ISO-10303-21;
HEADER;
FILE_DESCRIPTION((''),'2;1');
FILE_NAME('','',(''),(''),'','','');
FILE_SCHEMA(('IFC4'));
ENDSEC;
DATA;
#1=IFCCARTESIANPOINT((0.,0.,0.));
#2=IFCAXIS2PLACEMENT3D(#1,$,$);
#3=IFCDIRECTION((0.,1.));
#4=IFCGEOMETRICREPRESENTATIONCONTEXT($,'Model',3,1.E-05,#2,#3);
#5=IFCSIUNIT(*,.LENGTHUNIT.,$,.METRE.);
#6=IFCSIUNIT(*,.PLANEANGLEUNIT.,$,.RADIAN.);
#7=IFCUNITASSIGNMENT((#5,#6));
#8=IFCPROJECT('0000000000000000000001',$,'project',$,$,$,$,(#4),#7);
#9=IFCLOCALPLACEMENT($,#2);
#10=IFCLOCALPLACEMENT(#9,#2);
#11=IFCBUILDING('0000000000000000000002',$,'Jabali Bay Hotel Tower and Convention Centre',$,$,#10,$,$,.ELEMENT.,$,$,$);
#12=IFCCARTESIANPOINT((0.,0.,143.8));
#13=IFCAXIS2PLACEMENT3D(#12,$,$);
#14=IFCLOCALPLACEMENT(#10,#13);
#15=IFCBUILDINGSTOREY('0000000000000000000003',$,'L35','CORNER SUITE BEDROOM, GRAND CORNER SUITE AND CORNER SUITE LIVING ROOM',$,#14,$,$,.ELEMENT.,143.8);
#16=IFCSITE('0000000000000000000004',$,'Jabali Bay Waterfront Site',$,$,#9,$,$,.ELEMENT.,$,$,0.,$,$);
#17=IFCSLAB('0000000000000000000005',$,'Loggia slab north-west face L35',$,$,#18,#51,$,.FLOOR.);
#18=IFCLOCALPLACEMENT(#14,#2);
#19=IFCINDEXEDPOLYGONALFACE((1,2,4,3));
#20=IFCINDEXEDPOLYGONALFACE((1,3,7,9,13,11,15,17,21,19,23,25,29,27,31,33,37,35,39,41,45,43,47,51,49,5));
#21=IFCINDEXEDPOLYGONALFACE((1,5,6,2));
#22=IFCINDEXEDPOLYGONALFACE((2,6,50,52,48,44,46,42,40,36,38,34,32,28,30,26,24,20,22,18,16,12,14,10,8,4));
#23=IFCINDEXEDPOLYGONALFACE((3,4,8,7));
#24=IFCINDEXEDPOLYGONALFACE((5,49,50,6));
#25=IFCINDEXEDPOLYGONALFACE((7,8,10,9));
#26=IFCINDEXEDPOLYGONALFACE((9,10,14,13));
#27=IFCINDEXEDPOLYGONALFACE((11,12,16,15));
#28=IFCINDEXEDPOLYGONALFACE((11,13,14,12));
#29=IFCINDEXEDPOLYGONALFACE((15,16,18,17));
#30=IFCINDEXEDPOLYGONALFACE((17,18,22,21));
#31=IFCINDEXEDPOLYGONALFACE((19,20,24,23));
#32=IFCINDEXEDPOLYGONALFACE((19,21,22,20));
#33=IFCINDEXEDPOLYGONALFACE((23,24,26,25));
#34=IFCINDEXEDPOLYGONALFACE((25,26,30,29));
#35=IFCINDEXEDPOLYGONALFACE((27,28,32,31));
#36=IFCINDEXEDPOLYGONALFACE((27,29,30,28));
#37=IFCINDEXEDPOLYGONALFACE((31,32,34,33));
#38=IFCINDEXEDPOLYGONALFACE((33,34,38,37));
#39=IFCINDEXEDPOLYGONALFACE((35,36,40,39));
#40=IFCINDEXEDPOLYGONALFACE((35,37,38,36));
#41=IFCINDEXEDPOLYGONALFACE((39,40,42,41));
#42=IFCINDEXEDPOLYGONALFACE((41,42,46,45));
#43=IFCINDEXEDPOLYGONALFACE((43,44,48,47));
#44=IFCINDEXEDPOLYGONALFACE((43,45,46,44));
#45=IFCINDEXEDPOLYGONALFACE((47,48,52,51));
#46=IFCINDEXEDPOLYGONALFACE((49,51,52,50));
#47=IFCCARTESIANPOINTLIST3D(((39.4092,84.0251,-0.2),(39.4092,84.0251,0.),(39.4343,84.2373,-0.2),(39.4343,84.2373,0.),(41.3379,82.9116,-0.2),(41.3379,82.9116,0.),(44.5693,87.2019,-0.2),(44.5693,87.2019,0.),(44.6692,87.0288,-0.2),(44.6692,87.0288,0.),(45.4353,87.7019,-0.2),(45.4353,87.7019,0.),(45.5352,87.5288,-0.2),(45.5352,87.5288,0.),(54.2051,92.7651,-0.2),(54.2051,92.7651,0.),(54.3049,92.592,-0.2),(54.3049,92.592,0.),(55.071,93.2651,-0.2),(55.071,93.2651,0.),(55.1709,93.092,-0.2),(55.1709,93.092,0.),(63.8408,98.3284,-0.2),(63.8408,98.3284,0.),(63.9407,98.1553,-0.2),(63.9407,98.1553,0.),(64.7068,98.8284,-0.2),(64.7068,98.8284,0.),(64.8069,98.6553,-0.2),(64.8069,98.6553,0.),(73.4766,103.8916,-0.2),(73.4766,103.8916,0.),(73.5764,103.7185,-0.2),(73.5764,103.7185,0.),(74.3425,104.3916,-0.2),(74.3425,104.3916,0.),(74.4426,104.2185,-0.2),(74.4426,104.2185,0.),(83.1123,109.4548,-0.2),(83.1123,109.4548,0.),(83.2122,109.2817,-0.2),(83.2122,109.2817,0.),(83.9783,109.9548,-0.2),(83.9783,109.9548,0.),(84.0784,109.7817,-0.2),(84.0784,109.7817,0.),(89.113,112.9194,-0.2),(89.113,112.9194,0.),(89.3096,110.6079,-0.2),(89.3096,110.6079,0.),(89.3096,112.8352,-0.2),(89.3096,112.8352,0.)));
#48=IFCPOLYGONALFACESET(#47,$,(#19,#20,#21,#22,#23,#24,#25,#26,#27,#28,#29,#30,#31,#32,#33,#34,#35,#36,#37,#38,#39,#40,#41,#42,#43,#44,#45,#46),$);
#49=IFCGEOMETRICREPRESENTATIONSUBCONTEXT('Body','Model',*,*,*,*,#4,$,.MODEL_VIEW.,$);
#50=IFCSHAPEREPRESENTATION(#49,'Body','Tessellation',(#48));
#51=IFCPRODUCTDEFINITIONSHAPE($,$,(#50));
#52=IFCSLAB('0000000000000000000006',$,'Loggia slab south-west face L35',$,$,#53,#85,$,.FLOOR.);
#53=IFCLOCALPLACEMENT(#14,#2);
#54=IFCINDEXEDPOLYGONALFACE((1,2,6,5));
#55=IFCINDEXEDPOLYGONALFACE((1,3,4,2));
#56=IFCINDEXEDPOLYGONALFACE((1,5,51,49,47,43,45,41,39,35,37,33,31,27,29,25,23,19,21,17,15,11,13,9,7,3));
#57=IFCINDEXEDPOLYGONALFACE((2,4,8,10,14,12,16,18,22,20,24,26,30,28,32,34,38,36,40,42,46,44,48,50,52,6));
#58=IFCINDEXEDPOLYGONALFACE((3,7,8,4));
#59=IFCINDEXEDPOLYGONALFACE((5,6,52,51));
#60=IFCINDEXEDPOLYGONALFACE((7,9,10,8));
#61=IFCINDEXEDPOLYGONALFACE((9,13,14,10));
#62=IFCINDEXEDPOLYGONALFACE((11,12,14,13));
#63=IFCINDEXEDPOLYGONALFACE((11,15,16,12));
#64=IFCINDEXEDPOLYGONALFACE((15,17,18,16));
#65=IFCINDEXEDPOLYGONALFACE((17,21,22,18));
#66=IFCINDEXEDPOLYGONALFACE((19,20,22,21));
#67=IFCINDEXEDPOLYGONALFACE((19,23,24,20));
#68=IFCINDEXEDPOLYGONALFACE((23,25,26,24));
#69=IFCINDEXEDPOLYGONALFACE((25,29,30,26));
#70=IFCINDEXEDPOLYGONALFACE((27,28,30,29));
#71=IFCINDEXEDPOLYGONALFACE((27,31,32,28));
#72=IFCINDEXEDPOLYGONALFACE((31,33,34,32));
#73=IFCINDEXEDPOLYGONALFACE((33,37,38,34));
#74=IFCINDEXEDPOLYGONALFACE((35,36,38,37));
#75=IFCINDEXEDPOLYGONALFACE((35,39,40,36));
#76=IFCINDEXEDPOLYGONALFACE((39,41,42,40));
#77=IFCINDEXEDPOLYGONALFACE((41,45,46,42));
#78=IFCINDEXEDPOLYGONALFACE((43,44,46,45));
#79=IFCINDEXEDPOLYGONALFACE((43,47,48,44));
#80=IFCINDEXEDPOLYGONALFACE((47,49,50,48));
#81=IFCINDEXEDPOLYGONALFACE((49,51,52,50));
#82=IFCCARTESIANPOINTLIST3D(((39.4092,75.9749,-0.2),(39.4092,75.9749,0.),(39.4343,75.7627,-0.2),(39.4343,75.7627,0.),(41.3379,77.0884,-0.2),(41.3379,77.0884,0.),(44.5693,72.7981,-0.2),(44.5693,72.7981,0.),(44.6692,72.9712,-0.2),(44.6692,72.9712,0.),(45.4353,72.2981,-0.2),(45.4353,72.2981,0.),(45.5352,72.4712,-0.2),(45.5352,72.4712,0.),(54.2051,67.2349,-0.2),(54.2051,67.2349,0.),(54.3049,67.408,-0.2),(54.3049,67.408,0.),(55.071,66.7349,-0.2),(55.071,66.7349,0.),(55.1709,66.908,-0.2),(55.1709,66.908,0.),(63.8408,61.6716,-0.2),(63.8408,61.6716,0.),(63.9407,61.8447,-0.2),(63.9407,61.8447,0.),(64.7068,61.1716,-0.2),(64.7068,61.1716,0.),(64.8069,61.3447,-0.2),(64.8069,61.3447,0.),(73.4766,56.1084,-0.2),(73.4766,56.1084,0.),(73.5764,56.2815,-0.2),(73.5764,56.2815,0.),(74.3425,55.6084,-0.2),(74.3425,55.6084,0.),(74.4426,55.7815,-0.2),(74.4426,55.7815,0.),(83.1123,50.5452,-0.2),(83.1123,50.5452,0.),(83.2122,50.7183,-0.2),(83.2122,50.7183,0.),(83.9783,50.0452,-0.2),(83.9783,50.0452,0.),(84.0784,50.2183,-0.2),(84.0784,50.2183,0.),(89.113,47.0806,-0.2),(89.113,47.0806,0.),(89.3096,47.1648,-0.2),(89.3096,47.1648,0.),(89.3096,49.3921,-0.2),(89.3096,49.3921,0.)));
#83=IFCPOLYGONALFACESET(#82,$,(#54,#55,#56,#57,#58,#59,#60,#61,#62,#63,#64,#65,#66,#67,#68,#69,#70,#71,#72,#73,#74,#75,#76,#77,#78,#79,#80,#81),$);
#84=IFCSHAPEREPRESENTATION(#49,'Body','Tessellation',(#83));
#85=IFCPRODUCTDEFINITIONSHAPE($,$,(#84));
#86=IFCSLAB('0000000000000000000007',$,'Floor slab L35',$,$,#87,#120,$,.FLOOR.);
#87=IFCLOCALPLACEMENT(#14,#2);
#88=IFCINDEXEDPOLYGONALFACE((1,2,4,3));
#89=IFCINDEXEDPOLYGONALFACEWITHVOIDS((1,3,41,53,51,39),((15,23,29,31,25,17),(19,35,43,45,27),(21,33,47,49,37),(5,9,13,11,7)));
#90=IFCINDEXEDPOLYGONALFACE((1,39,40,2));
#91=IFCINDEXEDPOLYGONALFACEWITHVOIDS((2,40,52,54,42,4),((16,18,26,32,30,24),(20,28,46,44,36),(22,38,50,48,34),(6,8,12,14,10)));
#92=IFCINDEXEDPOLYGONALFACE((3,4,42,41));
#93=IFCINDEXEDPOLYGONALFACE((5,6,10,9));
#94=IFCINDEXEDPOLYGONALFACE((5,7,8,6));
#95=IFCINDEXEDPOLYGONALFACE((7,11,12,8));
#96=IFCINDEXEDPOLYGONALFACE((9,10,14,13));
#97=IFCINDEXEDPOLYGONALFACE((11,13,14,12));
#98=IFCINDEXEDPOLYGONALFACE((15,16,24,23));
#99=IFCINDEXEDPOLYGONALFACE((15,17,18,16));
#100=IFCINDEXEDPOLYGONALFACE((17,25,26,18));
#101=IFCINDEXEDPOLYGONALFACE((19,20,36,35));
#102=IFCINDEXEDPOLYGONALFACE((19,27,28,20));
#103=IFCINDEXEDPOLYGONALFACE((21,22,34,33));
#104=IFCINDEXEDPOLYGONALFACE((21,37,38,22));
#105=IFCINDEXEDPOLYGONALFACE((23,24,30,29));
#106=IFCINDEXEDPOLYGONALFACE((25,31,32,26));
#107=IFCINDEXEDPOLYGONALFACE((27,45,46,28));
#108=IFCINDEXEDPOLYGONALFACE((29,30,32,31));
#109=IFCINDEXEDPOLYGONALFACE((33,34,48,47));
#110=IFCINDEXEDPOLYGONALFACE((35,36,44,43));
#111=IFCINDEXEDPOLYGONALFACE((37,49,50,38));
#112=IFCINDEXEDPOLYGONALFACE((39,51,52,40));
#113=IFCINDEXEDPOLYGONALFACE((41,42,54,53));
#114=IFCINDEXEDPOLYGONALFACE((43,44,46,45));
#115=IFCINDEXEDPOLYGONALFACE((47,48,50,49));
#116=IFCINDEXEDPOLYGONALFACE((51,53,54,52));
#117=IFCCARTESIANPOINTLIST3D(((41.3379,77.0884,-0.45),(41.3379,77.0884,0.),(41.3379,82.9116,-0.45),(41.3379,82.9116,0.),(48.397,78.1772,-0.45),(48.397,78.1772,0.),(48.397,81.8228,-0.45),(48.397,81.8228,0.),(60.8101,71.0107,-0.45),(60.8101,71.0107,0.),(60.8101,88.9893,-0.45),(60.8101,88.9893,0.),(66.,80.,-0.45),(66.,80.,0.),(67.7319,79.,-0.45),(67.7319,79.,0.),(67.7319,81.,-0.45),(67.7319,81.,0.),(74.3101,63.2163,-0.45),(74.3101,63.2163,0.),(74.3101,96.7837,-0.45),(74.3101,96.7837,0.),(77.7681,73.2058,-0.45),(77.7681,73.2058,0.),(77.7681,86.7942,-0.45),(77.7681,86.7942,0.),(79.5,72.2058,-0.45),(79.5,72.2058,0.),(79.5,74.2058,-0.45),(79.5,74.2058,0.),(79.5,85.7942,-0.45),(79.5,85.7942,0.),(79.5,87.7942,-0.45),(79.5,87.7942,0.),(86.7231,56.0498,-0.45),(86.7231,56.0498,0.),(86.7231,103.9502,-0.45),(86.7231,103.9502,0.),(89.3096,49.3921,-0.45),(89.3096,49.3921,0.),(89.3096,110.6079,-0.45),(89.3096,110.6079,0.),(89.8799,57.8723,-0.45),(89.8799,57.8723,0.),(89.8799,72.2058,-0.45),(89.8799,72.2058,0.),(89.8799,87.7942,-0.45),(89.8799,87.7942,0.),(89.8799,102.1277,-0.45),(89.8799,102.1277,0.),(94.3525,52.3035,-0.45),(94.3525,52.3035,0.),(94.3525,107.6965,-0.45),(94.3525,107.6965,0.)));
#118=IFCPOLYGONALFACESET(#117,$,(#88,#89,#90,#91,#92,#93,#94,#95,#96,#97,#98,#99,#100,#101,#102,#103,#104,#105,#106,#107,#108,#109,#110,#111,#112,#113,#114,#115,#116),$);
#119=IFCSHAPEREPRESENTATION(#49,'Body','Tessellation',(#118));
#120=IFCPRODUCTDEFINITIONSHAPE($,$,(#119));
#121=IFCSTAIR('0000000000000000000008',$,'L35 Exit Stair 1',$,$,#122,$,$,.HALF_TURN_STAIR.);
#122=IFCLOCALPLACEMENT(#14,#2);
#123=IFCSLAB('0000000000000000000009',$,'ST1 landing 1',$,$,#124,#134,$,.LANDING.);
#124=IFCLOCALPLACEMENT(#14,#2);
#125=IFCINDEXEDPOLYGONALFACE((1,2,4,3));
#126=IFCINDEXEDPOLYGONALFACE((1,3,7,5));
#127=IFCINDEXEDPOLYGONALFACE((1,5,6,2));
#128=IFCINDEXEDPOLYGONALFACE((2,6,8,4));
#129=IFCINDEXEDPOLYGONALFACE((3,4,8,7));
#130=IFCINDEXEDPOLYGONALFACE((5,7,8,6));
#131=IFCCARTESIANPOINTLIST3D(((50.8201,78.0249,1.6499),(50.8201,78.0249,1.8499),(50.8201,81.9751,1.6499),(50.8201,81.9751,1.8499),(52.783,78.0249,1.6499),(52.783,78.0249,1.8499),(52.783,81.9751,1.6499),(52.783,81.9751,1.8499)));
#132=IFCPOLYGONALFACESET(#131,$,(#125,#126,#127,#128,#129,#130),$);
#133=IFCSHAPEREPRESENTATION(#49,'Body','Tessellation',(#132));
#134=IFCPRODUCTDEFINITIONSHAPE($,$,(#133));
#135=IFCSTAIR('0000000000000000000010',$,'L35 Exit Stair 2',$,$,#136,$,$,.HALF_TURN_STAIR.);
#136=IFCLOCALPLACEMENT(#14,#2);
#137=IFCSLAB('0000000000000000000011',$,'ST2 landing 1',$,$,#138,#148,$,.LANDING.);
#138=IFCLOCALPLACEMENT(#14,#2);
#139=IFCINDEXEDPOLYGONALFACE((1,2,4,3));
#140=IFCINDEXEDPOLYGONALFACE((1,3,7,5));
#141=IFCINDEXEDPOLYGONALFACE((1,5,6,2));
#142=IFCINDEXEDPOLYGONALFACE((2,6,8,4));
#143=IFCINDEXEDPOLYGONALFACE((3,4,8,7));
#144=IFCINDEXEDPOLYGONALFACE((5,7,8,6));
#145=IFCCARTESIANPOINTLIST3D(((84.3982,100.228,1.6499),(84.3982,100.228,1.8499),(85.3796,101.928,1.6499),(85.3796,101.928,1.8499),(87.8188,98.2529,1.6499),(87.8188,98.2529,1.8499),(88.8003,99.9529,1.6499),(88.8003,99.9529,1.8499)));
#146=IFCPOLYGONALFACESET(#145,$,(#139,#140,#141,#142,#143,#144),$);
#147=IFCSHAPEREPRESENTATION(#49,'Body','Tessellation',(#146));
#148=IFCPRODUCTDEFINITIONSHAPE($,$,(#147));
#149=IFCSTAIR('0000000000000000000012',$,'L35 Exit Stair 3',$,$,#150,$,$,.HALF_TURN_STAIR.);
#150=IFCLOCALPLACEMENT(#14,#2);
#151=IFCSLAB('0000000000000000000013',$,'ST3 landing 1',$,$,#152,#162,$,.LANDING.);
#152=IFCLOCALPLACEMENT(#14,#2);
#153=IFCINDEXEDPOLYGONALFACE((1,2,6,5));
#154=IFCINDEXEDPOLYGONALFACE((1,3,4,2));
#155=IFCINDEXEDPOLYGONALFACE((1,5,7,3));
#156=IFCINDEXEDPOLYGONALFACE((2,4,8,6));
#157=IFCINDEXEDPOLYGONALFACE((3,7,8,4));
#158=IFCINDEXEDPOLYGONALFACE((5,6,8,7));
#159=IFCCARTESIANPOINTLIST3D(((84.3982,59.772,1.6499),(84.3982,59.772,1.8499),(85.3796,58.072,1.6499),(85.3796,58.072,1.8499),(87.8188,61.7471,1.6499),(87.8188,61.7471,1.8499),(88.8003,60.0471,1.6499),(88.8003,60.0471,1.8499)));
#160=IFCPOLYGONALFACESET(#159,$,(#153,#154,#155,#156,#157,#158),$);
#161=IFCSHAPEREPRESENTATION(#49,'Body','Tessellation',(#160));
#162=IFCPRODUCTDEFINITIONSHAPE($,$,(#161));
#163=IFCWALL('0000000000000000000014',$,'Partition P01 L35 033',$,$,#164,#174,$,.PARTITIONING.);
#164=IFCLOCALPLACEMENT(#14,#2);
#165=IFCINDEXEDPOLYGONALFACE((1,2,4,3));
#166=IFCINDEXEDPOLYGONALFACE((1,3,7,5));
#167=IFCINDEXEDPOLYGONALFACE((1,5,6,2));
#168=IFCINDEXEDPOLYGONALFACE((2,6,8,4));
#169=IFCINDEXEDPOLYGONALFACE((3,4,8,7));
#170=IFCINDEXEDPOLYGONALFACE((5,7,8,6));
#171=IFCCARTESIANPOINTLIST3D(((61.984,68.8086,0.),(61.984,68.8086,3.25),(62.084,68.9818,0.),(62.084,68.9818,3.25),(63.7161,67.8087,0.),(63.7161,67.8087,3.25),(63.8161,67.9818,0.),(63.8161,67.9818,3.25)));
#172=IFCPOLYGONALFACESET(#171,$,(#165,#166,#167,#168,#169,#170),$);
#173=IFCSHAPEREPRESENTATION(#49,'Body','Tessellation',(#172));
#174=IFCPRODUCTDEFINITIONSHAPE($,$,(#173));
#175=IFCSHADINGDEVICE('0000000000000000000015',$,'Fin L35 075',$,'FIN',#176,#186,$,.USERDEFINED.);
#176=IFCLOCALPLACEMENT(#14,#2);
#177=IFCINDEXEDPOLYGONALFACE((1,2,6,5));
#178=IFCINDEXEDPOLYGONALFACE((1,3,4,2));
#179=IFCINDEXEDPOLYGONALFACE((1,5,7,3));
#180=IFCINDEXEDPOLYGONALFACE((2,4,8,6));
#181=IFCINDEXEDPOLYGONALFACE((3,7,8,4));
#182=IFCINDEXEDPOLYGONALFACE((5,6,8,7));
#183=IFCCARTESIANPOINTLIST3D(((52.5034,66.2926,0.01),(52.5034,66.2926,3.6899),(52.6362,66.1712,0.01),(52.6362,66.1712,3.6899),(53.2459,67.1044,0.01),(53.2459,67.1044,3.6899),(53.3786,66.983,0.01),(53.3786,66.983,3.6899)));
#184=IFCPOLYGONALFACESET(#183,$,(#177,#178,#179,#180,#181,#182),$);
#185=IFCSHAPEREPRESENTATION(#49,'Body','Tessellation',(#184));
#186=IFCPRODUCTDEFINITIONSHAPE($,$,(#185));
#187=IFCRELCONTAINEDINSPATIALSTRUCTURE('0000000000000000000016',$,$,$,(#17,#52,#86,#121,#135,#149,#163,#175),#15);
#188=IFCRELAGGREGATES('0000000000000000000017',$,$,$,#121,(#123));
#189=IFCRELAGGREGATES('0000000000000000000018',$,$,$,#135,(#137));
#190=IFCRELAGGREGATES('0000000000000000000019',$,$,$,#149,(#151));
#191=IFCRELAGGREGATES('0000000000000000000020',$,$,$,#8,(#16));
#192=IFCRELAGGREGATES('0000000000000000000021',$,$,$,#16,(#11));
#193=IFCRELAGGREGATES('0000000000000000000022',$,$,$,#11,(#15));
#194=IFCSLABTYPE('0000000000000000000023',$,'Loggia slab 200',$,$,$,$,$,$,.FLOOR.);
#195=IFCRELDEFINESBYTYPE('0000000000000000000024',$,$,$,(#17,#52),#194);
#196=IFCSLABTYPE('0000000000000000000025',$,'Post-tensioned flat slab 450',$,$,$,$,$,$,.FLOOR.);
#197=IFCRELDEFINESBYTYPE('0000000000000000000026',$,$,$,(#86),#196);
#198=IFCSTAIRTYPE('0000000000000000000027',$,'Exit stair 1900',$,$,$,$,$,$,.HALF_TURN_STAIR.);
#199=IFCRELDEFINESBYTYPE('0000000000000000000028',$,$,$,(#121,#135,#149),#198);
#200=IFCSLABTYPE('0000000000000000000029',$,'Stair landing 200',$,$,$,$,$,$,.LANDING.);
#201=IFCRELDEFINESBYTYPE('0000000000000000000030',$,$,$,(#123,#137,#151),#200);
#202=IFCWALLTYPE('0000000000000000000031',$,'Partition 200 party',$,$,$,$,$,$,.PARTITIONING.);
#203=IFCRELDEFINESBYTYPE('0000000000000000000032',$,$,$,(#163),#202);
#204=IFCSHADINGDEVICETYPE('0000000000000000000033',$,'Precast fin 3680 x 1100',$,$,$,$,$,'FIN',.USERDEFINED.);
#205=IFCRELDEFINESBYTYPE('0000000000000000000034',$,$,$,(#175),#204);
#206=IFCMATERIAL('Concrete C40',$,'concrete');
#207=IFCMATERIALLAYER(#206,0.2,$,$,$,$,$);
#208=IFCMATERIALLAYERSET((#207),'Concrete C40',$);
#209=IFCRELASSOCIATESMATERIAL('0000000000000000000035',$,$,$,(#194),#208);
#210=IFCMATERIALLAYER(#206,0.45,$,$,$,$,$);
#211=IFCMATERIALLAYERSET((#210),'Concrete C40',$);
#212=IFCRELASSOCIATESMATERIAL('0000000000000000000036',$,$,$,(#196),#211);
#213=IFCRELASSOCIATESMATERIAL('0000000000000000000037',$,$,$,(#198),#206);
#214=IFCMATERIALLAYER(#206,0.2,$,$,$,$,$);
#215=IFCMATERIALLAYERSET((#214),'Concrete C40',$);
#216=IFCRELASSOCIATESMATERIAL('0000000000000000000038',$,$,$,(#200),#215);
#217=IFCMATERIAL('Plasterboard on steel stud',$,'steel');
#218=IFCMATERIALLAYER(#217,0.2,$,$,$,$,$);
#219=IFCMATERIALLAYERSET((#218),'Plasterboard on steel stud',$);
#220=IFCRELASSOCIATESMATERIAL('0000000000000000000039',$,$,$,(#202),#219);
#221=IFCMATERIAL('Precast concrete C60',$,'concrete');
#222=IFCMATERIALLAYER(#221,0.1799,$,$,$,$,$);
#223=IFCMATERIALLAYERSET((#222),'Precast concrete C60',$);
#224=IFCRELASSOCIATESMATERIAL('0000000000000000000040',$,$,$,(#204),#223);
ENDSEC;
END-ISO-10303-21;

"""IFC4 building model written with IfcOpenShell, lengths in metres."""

from ifc_helpers import new_model, si_unit, direction, frame, frame_2d, origin, place, context, subcontext, project, spatial, polyline, rectangle, outline, extrude, material, layer, layer_set, type_object, element, aggregate, save


model = new_model("IFC4")

# Units and contexts
model_context = context("Model", 3, precision=1e-05, world=origin(), true_north=direction((0.0, 1.0)))
body_context = subcontext(model_context, "Body", "Model", "MODEL_VIEW")
ifc_project = project(units=[si_unit("LENGTHUNIT", "METRE"), si_unit("PLANEANGLEUNIT", "RADIAN")], contexts=[model_context])

# Site, building, storey
site_placement = place(None, origin())
site = spatial("IfcSite", under=ifc_project, at=site_placement, Name="Jabali Bay Waterfront Site", CompositionType="ELEMENT", RefElevation=0.0)
building_placement = place(site_placement, origin())
building = spatial("IfcBuilding", under=site, at=building_placement, Name="Jabali Bay Hotel Tower and Convention Centre", CompositionType="ELEMENT")
storey_placement = place(building_placement, frame((0.0, 0.0, 143.8)))
storey = spatial("IfcBuildingStorey", under=building, at=storey_placement, Name="L35", Description="CORNER SUITE BEDROOM, GRAND CORNER SUITE AND CORNER SUITE LIVING ROOM", CompositionType="ELEMENT", Elevation=143.8)

# Slabs
ifc_material_1 = material(Name="Concrete C40", Category="concrete")
ifc_layer_1 = layer(ifc_material_1, 0.2)
ifc_layer_set_1 = layer_set([ifc_layer_1], Name="Concrete C40")
slab_type_1 = type_object("IfcSlabType", Name="Loggia slab 200", PredefinedType="FLOOR", material=ifc_layer_set_1)
slab_1_placement = place(storey_placement, frame((0.0, 0.0, -0.2)))
element("IfcSlab", 1, at=slab_1_placement, inside=storey, type_object=slab_type_1, Name="Loggia slab north-west face L35", PredefinedType="FLOOR", context=body_context, shape_type="SweptSolid", body=[
    extrude(outline(polyline([(41.3379, 82.9116), (39.4092, 84.0251), (39.4343, 84.2373), (44.5693, 87.2019), (44.6692, 87.0288), (45.5352, 87.5288), (45.4353, 87.7019), (54.2051, 92.7651), (54.3049, 92.592), (55.1709, 93.092), (55.071, 93.2651), (63.8408, 98.3284), (63.9407, 98.1553), (64.8069, 98.6553), (64.7068, 98.8284), (73.4766, 103.8916), (73.5764, 103.7185), (74.4426, 104.2185), (74.3425, 104.3916), (83.1123, 109.4548), (83.2122, 109.2817), (84.0784, 109.7817), (83.9783, 109.9548), (89.113, 112.9194), (89.3096, 112.8352), (89.3096, 110.6079), (41.3379, 82.9116)])), origin(), (0.0, 0.0, 1.0), 0.2),
])
slab_2_placement = place(storey_placement, frame((0.0, 0.0, -0.2)))
element("IfcSlab", 2, at=slab_2_placement, inside=storey, type_object=slab_type_1, Name="Loggia slab south-west face L35", PredefinedType="FLOOR", context=body_context, shape_type="SweptSolid", body=[
    extrude(outline(polyline([(89.3096, 49.3921), (89.3096, 47.1648), (89.113, 47.0806), (83.9783, 50.0452), (84.0784, 50.2183), (83.2122, 50.7183), (83.1123, 50.5452), (74.3425, 55.6084), (74.4426, 55.7815), (73.5764, 56.2815), (73.4766, 56.1084), (64.7068, 61.1716), (64.8069, 61.3447), (63.9407, 61.8447), (63.8408, 61.6716), (55.071, 66.7349), (55.1709, 66.908), (54.3049, 67.408), (54.2051, 67.2349), (45.4353, 72.2981), (45.5352, 72.4712), (44.6692, 72.9712), (44.5693, 72.7981), (39.4343, 75.7627), (39.4092, 75.9749), (41.3379, 77.0884), (89.3096, 49.3921)])), origin(), (0.0, 0.0, 1.0), 0.2),
])
ifc_layer_2 = layer(ifc_material_1, 0.45)
ifc_layer_set_2 = layer_set([ifc_layer_2], Name="Concrete C40")
slab_type_2 = type_object("IfcSlabType", Name="Post-tensioned flat slab 450", PredefinedType="FLOOR", material=ifc_layer_set_2)
slab_3_placement = place(storey_placement, frame((0.0, 0.0, -0.45)))
element("IfcSlab", 3, at=slab_3_placement, inside=storey, type_object=slab_type_2, Name="Floor slab L35", PredefinedType="FLOOR", context=body_context, shape_type="SweptSolid", body=[
    extrude(outline(polyline([(89.3096, 110.6079), (94.3525, 107.6965), (94.3525, 52.3035), (89.3096, 49.3921), (41.3379, 77.0884), (41.3379, 82.9116), (89.3096, 110.6079)]), holes=[polyline([(67.7319, 79.0), (77.7681, 73.2058), (79.5, 74.2058), (79.5, 85.7942), (77.7681, 86.7942), (67.7319, 81.0), (67.7319, 79.0)]), polyline([(48.397, 78.1772), (60.8101, 71.0107), (66.0, 80.0), (60.8101, 88.9893), (48.397, 81.8228), (48.397, 78.1772)]), polyline([(89.8799, 102.1277), (86.7231, 103.9502), (74.3101, 96.7837), (79.5, 87.7942), (89.8799, 87.7942), (89.8799, 102.1277)]), polyline([(74.3101, 63.2163), (86.7231, 56.0498), (89.8799, 57.8723), (89.8799, 72.2058), (79.5, 72.2058), (74.3101, 63.2163)])]), origin(), (0.0, 0.0, 1.0), 0.45),
])

# Stairs, slabs
stair_type = type_object("IfcStairType", Name="Exit stair 1900", PredefinedType="HALF_TURN_STAIR", material=ifc_material_1)
stair_1_placement = place(storey_placement, origin())
stair_1 = element("IfcStair", 4, at=stair_1_placement, inside=storey, type_object=stair_type, Name="L35 Exit Stair 1", PredefinedType="HALF_TURN_STAIR")
ifc_layer_3 = layer(ifc_material_1, 0.2)
ifc_layer_set_3 = layer_set([ifc_layer_3], Name="Concrete C40")
slab_type_3 = type_object("IfcSlabType", Name="Stair landing 200", PredefinedType="LANDING", material=ifc_layer_set_3)
slab_4_placement = place(storey_placement, frame((0.0, 0.0, 1.6499)))
slab_4 = element("IfcSlab", 5, at=slab_4_placement, type_object=slab_type_3, Name="ST1 landing 1", PredefinedType="LANDING", context=body_context, shape_type="SweptSolid", body=[
    extrude(outline(polyline([(52.783, 81.9751), (50.8201, 81.9751), (50.8201, 78.0249), (52.783, 78.0249), (52.783, 81.9751)])), origin(), (0.0, 0.0, 1.0), 0.2),
])
aggregate(stair_1, [slab_4])
stair_2_placement = place(storey_placement, origin())
stair_2 = element("IfcStair", 6, at=stair_2_placement, inside=storey, type_object=stair_type, Name="L35 Exit Stair 2", PredefinedType="HALF_TURN_STAIR")
slab_5_placement = place(storey_placement, frame((0.0, 0.0, 1.6499)))
slab_5 = element("IfcSlab", 7, at=slab_5_placement, type_object=slab_type_3, Name="ST2 landing 1", PredefinedType="LANDING", context=body_context, shape_type="SweptSolid", body=[
    extrude(outline(polyline([(87.8188, 98.2529), (88.8003, 99.9529), (85.3796, 101.928), (84.3982, 100.228), (87.8188, 98.2529)])), origin(), (0.0, 0.0, 1.0), 0.2),
])
aggregate(stair_2, [slab_5])
stair_3_placement = place(storey_placement, origin())
stair_3 = element("IfcStair", 8, at=stair_3_placement, inside=storey, type_object=stair_type, Name="L35 Exit Stair 3", PredefinedType="HALF_TURN_STAIR")
slab_6_placement = place(storey_placement, frame((0.0, 0.0, 1.6499)))
slab_6 = element("IfcSlab", 9, at=slab_6_placement, type_object=slab_type_3, Name="ST3 landing 1", PredefinedType="LANDING", context=body_context, shape_type="SweptSolid", body=[
    extrude(outline(polyline([(84.3982, 59.772), (85.3796, 58.072), (88.8003, 60.0471), (87.8188, 61.7471), (84.3982, 59.772)])), origin(), (0.0, 0.0, 1.0), 0.2),
])
aggregate(stair_3, [slab_6])

# Wall
ifc_material_2 = material(Name="Plasterboard on steel stud", Category="steel")
ifc_layer_4 = layer(ifc_material_2, 0.2)
ifc_layer_set_4 = layer_set([ifc_layer_4], Name="Plasterboard on steel stud")
wall_type = type_object("IfcWallType", Name="Partition 200 party", PredefinedType="PARTITIONING", material=ifc_layer_set_4)
wall_placement = place(storey_placement, frame((63.7661, 67.8953, 0.0), z_axis=(0.0, 0.0, 1.0), x_axis=(-0.866041, 0.499973, 0.0)))
element("IfcWall", 10, at=wall_placement, inside=storey, type_object=wall_type, Name="Partition P01 L35 033", PredefinedType="PARTITIONING", context=body_context, shape_type="SweptSolid", body=[
    extrude(rectangle(XDim=2.0, YDim=0.2, at=frame_2d((1.0, 0.0))), origin(), (0.0, 0.0, 1.0), 3.25),
])

# Shading device
ifc_material_3 = material(Name="Precast concrete C60", Category="concrete")
ifc_layer_5 = layer(ifc_material_3, 0.1799)
ifc_layer_set_5 = layer_set([ifc_layer_5], Name="Precast concrete C60")
shading_device_type = type_object("IfcShadingDeviceType", Name="Precast fin 3680 x 1100", ElementType="FIN", PredefinedType="USERDEFINED", material=ifc_layer_set_5)
for number, where, z_axis, x_axis, name in (
    (11, (53.3123, 67.0437, 0.01), (0.0, 0.0, 1.0), (-0.67489, -0.737918, 0.0), "Fin L35 075"),
):
    element("IfcShadingDevice", number, at=place(storey_placement, frame(where, z_axis=z_axis, x_axis=x_axis)), inside=storey, type_object=shading_device_type, Name=name, ObjectType="FIN", PredefinedType="USERDEFINED", context=body_context, shape_type="SweptSolid", body=[
        extrude(rectangle(XDim=1.1001, YDim=0.1799, at=frame_2d((0.55, 0.0))), origin(), (0.0, 0.0, 1.0), 3.6799),
    ])

save(model, "model.ifc")
